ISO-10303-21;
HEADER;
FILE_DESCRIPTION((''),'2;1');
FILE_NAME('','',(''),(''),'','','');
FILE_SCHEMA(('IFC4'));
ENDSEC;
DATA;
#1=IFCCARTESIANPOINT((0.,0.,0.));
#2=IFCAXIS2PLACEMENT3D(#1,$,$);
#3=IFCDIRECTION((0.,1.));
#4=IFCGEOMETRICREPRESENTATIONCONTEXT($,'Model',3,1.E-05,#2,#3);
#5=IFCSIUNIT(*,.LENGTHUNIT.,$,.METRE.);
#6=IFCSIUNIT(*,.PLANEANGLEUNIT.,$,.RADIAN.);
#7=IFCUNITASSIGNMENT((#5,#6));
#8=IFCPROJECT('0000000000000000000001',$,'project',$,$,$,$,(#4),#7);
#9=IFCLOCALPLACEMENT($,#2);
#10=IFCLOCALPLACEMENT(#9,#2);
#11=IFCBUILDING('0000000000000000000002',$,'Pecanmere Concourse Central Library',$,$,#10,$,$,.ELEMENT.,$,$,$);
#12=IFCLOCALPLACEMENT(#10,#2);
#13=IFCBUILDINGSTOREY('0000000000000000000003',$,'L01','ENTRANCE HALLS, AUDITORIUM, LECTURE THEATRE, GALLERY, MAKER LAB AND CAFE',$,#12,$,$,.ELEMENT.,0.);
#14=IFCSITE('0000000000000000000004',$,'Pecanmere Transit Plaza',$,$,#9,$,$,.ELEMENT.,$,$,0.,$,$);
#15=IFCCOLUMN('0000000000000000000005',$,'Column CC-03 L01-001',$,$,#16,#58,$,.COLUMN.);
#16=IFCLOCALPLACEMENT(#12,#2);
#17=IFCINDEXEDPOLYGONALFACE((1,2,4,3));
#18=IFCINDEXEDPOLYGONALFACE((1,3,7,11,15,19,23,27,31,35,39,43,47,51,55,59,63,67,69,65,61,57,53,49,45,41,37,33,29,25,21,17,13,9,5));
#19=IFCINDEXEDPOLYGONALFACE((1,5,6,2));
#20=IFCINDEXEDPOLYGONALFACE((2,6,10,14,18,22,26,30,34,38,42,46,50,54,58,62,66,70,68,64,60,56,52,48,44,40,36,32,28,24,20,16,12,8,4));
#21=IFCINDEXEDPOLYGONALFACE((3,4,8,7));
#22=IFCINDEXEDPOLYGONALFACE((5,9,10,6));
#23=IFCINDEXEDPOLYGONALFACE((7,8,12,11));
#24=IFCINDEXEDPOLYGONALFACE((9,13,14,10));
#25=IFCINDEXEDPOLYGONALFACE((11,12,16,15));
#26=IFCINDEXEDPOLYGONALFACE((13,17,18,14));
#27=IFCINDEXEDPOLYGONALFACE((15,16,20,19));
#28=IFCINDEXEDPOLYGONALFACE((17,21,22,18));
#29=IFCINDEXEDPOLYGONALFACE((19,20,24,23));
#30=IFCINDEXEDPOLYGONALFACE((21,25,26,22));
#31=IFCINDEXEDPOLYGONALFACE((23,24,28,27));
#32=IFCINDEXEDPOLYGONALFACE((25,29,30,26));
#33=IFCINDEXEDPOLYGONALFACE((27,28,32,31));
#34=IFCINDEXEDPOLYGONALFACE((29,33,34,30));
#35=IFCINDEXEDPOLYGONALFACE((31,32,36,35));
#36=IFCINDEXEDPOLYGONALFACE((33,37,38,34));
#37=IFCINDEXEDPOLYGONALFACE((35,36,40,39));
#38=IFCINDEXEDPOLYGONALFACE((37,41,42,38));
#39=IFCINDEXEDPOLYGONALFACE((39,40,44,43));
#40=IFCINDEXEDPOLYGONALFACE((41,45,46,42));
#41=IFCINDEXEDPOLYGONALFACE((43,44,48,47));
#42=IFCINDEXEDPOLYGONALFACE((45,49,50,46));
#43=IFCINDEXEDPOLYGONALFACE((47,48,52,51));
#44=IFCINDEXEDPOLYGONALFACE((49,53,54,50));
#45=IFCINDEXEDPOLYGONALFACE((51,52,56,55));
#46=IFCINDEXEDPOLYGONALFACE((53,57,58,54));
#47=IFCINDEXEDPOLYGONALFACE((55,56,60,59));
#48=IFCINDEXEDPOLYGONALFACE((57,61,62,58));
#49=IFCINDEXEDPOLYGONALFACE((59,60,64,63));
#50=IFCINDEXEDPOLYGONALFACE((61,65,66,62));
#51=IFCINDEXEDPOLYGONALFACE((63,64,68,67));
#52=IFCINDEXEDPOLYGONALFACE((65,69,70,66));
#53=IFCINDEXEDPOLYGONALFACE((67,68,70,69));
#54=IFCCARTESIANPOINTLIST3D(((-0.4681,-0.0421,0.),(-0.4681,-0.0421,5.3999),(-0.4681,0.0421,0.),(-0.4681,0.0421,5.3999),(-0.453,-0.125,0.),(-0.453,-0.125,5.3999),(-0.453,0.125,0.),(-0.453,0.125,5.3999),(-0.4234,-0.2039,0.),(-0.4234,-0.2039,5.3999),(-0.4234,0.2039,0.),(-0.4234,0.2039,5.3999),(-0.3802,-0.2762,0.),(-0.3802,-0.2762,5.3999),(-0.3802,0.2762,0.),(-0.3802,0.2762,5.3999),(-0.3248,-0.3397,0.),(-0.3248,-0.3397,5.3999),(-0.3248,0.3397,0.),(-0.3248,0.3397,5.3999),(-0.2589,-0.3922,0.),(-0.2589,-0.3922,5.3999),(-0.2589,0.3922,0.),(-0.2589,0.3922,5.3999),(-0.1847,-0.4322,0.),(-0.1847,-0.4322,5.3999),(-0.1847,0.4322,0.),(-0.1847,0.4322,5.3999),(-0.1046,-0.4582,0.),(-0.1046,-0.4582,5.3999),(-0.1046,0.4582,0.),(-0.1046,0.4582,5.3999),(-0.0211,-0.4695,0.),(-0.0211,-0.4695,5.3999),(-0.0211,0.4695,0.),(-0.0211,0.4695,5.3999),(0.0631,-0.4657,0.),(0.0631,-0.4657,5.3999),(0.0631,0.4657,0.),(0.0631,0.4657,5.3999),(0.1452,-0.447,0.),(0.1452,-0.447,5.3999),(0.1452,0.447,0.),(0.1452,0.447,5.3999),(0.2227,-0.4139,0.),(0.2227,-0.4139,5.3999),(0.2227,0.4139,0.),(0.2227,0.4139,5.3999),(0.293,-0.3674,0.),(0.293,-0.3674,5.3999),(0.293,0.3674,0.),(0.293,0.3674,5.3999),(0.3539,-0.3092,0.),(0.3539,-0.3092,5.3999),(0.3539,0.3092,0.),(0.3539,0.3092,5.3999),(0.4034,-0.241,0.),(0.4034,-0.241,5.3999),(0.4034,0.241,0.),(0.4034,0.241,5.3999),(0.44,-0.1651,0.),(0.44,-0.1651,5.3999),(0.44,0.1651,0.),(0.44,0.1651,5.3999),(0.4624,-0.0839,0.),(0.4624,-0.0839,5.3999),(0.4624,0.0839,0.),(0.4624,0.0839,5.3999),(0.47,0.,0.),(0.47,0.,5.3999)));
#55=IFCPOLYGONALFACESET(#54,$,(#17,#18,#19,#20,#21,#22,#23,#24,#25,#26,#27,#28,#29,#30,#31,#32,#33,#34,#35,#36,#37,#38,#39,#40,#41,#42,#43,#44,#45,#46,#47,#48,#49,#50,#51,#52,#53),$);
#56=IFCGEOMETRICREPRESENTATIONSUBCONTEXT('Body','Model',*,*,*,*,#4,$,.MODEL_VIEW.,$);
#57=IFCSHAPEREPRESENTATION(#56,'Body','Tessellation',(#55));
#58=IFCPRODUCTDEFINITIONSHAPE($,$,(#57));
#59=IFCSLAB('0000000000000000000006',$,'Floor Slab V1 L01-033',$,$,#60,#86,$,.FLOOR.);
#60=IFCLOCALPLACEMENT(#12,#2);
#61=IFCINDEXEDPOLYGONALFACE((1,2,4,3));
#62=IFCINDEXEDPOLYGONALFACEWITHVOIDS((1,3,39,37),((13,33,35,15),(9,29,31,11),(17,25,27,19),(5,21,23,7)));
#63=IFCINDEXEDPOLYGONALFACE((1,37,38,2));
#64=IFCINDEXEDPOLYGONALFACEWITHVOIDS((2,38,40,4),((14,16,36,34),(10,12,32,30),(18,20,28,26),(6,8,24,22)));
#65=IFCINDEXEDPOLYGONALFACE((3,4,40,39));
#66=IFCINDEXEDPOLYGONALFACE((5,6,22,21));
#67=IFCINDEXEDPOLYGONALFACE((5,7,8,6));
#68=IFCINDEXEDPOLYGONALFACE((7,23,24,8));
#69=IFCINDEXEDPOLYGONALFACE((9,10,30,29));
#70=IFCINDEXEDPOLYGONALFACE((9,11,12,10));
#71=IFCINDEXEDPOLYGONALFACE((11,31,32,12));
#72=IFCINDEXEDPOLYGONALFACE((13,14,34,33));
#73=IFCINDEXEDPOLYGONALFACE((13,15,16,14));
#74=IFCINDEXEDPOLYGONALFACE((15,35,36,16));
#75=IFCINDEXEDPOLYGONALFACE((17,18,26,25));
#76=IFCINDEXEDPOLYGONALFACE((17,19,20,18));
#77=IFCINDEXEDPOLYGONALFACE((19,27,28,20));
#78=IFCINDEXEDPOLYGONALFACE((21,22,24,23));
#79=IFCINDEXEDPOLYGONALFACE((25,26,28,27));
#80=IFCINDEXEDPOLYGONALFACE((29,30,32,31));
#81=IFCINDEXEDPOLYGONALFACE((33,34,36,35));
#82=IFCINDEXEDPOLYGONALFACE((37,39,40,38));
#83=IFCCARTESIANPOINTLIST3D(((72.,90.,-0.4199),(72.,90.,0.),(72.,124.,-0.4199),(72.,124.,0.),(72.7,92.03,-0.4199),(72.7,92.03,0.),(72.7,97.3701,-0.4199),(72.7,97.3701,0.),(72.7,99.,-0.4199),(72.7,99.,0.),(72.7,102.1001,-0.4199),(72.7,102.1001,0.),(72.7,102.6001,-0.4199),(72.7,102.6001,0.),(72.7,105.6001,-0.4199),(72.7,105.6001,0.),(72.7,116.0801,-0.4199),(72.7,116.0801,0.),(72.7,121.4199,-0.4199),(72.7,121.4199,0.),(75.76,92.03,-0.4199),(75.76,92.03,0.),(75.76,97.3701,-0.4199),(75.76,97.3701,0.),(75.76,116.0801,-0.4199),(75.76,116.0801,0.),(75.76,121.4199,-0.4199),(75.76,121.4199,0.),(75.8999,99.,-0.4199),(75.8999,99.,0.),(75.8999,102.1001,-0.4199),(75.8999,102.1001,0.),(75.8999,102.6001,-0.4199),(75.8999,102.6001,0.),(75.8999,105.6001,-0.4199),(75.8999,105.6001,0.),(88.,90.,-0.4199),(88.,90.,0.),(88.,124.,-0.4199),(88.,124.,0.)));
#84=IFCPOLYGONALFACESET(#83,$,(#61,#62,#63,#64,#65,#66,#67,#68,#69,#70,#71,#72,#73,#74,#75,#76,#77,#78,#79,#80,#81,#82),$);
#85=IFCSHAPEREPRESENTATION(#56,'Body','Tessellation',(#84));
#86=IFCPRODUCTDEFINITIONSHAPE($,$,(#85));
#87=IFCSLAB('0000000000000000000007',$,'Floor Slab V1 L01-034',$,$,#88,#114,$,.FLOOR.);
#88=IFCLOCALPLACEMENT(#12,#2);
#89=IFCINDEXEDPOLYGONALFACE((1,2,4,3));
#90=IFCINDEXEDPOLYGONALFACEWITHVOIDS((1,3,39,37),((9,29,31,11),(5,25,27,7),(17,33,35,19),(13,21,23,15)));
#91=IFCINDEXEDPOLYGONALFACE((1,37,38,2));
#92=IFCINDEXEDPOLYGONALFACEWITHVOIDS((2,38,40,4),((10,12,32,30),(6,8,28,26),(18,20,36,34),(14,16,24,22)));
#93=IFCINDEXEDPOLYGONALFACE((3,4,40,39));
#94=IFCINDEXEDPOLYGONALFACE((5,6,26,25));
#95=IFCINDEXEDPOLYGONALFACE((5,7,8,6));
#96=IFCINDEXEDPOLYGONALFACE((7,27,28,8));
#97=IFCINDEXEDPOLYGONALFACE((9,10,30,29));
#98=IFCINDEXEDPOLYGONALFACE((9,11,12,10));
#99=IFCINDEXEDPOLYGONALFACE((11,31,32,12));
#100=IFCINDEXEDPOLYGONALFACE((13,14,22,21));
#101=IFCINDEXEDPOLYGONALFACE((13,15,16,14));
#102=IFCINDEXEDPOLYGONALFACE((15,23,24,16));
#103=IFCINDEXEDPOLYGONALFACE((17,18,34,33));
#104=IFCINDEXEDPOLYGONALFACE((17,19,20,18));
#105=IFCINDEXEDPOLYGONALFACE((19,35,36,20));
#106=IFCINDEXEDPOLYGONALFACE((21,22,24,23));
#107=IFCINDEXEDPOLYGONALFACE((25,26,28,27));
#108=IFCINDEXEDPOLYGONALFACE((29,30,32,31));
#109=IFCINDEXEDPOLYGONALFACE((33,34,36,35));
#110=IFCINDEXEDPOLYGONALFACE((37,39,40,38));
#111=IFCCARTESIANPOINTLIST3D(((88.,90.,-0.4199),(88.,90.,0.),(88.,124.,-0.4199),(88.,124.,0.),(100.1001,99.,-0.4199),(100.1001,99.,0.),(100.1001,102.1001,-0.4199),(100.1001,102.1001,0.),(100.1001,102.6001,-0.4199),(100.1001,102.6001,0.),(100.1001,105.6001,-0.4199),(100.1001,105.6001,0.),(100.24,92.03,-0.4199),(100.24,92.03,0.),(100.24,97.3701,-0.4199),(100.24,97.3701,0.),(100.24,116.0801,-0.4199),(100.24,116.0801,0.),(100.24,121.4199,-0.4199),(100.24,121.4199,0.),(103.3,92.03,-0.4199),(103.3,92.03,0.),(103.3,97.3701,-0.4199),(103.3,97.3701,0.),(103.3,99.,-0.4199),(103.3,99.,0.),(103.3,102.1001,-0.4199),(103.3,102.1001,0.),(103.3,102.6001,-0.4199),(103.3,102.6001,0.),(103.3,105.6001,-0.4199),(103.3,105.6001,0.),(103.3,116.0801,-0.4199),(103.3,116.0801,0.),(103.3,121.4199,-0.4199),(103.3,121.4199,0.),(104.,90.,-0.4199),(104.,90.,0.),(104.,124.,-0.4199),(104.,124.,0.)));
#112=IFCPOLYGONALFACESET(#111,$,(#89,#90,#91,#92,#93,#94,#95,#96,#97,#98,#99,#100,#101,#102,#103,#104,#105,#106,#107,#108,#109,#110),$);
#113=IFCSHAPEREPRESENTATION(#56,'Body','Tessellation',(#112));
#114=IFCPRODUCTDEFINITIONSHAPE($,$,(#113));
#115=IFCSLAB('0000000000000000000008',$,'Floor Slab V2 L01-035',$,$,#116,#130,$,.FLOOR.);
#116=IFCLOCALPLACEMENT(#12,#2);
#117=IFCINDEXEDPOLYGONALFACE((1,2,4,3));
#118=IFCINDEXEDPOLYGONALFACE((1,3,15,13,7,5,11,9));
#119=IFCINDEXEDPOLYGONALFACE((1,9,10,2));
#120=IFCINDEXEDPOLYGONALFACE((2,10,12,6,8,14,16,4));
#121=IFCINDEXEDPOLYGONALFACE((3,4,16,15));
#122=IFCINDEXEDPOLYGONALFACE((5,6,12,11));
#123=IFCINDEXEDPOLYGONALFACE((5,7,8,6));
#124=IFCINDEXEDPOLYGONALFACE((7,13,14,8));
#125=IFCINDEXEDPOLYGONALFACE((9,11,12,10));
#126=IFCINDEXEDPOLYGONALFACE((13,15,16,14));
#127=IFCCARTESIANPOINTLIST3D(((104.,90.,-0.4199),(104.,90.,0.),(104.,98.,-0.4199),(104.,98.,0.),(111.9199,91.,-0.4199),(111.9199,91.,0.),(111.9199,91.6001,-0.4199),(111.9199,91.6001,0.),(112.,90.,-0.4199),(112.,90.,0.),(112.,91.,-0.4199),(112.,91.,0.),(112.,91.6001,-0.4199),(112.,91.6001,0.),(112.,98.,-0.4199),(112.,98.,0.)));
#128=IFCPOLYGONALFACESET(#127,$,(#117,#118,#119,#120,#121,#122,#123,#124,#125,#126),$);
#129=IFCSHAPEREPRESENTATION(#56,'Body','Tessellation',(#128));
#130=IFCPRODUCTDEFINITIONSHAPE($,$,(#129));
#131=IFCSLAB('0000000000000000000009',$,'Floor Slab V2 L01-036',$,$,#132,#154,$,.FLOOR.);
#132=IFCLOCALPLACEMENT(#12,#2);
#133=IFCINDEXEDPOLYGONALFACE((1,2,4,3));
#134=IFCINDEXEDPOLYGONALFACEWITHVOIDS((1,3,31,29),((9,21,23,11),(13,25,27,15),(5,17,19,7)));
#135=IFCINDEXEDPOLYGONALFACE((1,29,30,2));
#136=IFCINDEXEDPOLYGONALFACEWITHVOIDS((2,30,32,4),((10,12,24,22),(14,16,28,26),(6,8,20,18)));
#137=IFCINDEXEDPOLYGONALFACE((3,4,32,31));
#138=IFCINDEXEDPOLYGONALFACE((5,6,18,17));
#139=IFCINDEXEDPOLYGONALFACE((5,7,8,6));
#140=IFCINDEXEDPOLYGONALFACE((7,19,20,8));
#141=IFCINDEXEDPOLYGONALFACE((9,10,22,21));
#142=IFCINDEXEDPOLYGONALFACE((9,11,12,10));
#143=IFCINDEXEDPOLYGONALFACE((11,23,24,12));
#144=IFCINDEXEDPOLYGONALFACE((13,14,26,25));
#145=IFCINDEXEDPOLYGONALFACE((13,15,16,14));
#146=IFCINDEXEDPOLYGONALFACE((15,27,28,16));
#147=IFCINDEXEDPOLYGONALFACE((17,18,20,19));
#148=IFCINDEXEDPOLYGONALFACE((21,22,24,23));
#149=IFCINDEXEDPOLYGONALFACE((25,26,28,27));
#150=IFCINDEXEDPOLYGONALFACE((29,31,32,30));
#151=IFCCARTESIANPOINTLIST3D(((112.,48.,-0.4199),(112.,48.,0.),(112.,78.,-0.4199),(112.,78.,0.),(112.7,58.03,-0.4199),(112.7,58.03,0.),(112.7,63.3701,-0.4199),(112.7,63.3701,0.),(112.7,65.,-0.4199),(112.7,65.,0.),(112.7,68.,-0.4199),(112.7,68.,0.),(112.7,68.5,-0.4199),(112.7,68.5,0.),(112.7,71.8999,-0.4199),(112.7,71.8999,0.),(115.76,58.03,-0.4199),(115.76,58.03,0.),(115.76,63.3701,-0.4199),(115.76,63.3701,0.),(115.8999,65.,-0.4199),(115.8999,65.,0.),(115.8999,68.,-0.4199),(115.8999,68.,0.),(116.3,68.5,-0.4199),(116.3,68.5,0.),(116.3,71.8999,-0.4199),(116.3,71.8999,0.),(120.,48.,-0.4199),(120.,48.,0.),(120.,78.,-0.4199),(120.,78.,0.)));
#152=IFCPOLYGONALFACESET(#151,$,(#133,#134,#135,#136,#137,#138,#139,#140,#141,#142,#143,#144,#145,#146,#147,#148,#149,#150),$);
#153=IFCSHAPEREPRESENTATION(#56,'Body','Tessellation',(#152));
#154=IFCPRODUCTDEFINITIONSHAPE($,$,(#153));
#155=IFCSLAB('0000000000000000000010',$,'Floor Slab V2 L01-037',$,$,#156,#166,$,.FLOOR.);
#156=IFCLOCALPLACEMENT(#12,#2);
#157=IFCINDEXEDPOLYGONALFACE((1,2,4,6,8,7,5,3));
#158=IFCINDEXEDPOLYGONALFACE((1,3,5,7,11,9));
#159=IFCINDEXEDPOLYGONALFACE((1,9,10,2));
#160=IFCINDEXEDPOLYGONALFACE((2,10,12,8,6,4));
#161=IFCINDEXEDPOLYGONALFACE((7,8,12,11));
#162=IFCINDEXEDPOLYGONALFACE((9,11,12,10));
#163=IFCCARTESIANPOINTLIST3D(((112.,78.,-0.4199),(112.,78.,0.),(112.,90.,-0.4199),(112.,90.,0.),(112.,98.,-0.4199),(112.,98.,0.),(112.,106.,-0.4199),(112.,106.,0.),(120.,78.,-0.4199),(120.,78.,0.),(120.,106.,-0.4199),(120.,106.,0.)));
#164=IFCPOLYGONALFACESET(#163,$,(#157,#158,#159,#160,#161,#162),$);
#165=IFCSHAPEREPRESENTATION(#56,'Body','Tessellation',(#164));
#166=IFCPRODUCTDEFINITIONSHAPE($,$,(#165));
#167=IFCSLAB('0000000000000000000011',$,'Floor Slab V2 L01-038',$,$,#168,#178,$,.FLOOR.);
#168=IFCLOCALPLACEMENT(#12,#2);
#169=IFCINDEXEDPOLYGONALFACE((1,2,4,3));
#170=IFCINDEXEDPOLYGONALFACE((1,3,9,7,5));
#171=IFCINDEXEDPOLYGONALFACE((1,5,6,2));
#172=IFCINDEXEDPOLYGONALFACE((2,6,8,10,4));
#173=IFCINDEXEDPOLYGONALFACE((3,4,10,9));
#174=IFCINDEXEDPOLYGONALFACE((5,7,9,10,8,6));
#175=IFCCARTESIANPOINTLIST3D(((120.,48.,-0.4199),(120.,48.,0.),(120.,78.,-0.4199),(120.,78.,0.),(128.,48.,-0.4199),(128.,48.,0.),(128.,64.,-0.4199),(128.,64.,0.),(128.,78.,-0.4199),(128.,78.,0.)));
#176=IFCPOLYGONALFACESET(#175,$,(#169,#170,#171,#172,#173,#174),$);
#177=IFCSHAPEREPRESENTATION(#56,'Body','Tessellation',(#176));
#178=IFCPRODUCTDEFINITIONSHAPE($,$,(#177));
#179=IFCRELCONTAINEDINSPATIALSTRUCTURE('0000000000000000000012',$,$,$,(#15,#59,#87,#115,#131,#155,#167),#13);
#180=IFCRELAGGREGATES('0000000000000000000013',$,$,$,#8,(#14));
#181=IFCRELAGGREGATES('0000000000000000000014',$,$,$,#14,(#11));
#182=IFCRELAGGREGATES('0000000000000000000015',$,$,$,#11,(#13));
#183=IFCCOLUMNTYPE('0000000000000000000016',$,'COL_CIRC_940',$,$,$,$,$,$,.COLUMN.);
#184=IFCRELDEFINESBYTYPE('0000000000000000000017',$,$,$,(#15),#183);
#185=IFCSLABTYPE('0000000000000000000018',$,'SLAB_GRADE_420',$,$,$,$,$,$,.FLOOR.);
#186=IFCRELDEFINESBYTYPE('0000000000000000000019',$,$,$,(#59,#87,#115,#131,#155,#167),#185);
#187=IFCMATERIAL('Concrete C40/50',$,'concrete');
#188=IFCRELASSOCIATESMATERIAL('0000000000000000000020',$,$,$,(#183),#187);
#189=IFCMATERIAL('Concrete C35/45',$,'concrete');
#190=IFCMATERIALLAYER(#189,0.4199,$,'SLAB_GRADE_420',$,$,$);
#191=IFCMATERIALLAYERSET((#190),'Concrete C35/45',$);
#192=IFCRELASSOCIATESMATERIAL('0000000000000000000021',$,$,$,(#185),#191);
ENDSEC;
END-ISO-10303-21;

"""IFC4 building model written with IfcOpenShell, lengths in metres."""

from ifc_helpers import new_model, si_unit, direction, frame, origin, origin_with_axes, origin_2d, place, context, subcontext, project, spatial, polyline, circle, outline, extrude, material, layer, layer_set, material_profile, profile_set, type_object, element, save


model = new_model("IFC4")

# Units and contexts
model_context = context("Model", 3, precision=1e-05, world=origin(), true_north=direction((0.0, 1.0)))
body_context = subcontext(model_context, "Body", "Model", "MODEL_VIEW")
ifc_project = project(units=[si_unit("LENGTHUNIT", "METRE"), si_unit("PLANEANGLEUNIT", "RADIAN")], contexts=[model_context])

# Site, building, storey
site_placement = place(None, origin())
site = spatial("IfcSite", under=ifc_project, at=site_placement, Name="Pecanmere Transit Plaza", CompositionType="ELEMENT", RefElevation=0.0)
building_placement = place(site_placement, origin())
building = spatial("IfcBuilding", under=site, at=building_placement, Name="Pecanmere Concourse Central Library", CompositionType="ELEMENT")
storey_placement = place(building_placement, origin())
storey = spatial("IfcBuildingStorey", under=building, at=storey_placement, Name="L01", Description="ENTRANCE HALLS, AUDITORIUM, LECTURE THEATRE, GALLERY, MAKER LAB AND CAFE", CompositionType="ELEMENT", Elevation=0.0)

# Column
ifc_material_1 = material(Name="Concrete C40/50", Category="concrete")
ifc_material_profile = material_profile(ifc_material_1, circle(Radius=0.47, at=origin_2d()), Name="RC D940")
ifc_profile_set = profile_set([ifc_material_profile], Name="Concrete C40/50")
column_type = type_object("IfcColumnType", Name="COL_CIRC_940", PredefinedType="COLUMN", material=ifc_profile_set)
column_placement = place(storey_placement, origin_with_axes())
element("IfcColumn", 1, at=column_placement, inside=storey, type_object=column_type, Name="Column CC-03 L01-001", PredefinedType="COLUMN", context=body_context, shape_type="SweptSolid", body=[
    extrude(circle(Radius=0.47, at=origin_2d()), origin(), (0.0, 0.0, 1.0), 5.3999),
])

# Slabs
ifc_material_2 = material(Name="Concrete C35/45", Category="concrete")
ifc_layer = layer(ifc_material_2, 0.4199, Name="SLAB_GRADE_420")
ifc_layer_set = layer_set([ifc_layer], Name="Concrete C35/45")
slab_type = type_object("IfcSlabType", Name="SLAB_GRADE_420", PredefinedType="FLOOR", material=ifc_layer_set)
slab_1_placement = place(storey_placement, frame((0.0, 0.0, -0.4199)))
element("IfcSlab", 2, at=slab_1_placement, inside=storey, type_object=slab_type, Name="Floor Slab V1 L01-033", PredefinedType="FLOOR", context=body_context, shape_type="SweptSolid", body=[
    extrude(outline(polyline([(72.0, 90.0), (72.0, 124.0), (88.0, 124.0), (88.0, 90.0), (72.0, 90.0)]), holes=[polyline([(75.76, 97.3701), (72.7, 97.3701), (72.7, 92.03), (75.76, 92.03), (75.76, 97.3701)]), polyline([(75.8999, 102.1001), (72.7, 102.1001), (72.7, 99.0), (75.8999, 99.0), (75.8999, 102.1001)]), polyline([(75.8999, 105.6001), (72.7, 105.6001), (72.7, 102.6001), (75.8999, 102.6001), (75.8999, 105.6001)]), polyline([(75.76, 121.4199), (72.7, 121.4199), (72.7, 116.0801), (75.76, 116.0801), (75.76, 121.4199)])]), origin(), (0.0, 0.0, 1.0), 0.4199),
])
slab_2_placement = place(storey_placement, frame((0.0, 0.0, -0.4199)))
element("IfcSlab", 3, at=slab_2_placement, inside=storey, type_object=slab_type, Name="Floor Slab V1 L01-034", PredefinedType="FLOOR", context=body_context, shape_type="SweptSolid", body=[
    extrude(outline(polyline([(88.0, 124.0), (104.0, 124.0), (104.0, 90.0), (88.0, 90.0), (88.0, 124.0)]), holes=[polyline([(103.3, 102.1001), (100.1001, 102.1001), (100.1001, 99.0), (103.3, 99.0), (103.3, 102.1001)]), polyline([(103.3, 97.3701), (100.24, 97.3701), (100.24, 92.03), (103.3, 92.03), (103.3, 97.3701)]), polyline([(103.3, 102.6001), (103.3, 105.6001), (100.1001, 105.6001), (100.1001, 102.6001), (103.3, 102.6001)]), polyline([(103.3, 116.0801), (103.3, 121.4199), (100.24, 121.4199), (100.24, 116.0801), (103.3, 116.0801)])]), origin(), (0.0, 0.0, 1.0), 0.4199),
])
slab_3_placement = place(storey_placement, frame((0.0, 0.0, -0.4199)))
element("IfcSlab", 4, at=slab_3_placement, inside=storey, type_object=slab_type, Name="Floor Slab V2 L01-035", PredefinedType="FLOOR", context=body_context, shape_type="SweptSolid", body=[
    extrude(outline(polyline([(112.0, 91.6001), (111.9199, 91.6001), (111.9199, 91.0), (112.0, 91.0), (112.0, 90.0), (104.0, 90.0), (104.0, 98.0), (112.0, 98.0), (112.0, 91.6001)])), origin(), (0.0, 0.0, 1.0), 0.4199),
])
slab_4_placement = place(storey_placement, frame((0.0, 0.0, -0.4199)))
element("IfcSlab", 5, at=slab_4_placement, inside=storey, type_object=slab_type, Name="Floor Slab V2 L01-036", PredefinedType="FLOOR", context=body_context, shape_type="SweptSolid", body=[
    extrude(outline(polyline([(112.0, 48.0), (112.0, 78.0), (120.0, 78.0), (120.0, 48.0), (112.0, 48.0)]), holes=[polyline([(115.76, 63.3701), (112.7, 63.3701), (112.7, 58.03), (115.76, 58.03), (115.76, 63.3701)]), polyline([(115.8999, 68.0), (112.7, 68.0), (112.7, 65.0), (115.8999, 65.0), (115.8999, 68.0)]), polyline([(116.3, 71.8999), (112.7, 71.8999), (112.7, 68.5), (116.3, 68.5), (116.3, 71.8999)])]), origin(), (0.0, 0.0, 1.0), 0.4199),
])
slab_5_placement = place(storey_placement, frame((0.0, 0.0, -0.4199)))
element("IfcSlab", 6, at=slab_5_placement, inside=storey, type_object=slab_type, Name="Floor Slab V2 L01-037", PredefinedType="FLOOR", context=body_context, shape_type="SweptSolid", body=[
    extrude(outline(polyline([(112.0, 106.0), (120.0, 106.0), (120.0, 78.0), (112.0, 78.0), (112.0, 90.0), (112.0, 98.0), (112.0, 106.0)])), origin(), (0.0, 0.0, 1.0), 0.4199),
])
slab_6_placement = place(storey_placement, frame((0.0, 0.0, -0.4199)))
element("IfcSlab", 7, at=slab_6_placement, inside=storey, type_object=slab_type, Name="Floor Slab V2 L01-038", PredefinedType="FLOOR", context=body_context, shape_type="SweptSolid", body=[
    extrude(outline(polyline([(128.0, 48.0), (120.0, 48.0), (120.0, 78.0), (128.0, 78.0), (128.0, 64.0), (128.0, 48.0)])), origin(), (0.0, 0.0, 1.0), 0.4199),
])

save(model, "model.ifc")
